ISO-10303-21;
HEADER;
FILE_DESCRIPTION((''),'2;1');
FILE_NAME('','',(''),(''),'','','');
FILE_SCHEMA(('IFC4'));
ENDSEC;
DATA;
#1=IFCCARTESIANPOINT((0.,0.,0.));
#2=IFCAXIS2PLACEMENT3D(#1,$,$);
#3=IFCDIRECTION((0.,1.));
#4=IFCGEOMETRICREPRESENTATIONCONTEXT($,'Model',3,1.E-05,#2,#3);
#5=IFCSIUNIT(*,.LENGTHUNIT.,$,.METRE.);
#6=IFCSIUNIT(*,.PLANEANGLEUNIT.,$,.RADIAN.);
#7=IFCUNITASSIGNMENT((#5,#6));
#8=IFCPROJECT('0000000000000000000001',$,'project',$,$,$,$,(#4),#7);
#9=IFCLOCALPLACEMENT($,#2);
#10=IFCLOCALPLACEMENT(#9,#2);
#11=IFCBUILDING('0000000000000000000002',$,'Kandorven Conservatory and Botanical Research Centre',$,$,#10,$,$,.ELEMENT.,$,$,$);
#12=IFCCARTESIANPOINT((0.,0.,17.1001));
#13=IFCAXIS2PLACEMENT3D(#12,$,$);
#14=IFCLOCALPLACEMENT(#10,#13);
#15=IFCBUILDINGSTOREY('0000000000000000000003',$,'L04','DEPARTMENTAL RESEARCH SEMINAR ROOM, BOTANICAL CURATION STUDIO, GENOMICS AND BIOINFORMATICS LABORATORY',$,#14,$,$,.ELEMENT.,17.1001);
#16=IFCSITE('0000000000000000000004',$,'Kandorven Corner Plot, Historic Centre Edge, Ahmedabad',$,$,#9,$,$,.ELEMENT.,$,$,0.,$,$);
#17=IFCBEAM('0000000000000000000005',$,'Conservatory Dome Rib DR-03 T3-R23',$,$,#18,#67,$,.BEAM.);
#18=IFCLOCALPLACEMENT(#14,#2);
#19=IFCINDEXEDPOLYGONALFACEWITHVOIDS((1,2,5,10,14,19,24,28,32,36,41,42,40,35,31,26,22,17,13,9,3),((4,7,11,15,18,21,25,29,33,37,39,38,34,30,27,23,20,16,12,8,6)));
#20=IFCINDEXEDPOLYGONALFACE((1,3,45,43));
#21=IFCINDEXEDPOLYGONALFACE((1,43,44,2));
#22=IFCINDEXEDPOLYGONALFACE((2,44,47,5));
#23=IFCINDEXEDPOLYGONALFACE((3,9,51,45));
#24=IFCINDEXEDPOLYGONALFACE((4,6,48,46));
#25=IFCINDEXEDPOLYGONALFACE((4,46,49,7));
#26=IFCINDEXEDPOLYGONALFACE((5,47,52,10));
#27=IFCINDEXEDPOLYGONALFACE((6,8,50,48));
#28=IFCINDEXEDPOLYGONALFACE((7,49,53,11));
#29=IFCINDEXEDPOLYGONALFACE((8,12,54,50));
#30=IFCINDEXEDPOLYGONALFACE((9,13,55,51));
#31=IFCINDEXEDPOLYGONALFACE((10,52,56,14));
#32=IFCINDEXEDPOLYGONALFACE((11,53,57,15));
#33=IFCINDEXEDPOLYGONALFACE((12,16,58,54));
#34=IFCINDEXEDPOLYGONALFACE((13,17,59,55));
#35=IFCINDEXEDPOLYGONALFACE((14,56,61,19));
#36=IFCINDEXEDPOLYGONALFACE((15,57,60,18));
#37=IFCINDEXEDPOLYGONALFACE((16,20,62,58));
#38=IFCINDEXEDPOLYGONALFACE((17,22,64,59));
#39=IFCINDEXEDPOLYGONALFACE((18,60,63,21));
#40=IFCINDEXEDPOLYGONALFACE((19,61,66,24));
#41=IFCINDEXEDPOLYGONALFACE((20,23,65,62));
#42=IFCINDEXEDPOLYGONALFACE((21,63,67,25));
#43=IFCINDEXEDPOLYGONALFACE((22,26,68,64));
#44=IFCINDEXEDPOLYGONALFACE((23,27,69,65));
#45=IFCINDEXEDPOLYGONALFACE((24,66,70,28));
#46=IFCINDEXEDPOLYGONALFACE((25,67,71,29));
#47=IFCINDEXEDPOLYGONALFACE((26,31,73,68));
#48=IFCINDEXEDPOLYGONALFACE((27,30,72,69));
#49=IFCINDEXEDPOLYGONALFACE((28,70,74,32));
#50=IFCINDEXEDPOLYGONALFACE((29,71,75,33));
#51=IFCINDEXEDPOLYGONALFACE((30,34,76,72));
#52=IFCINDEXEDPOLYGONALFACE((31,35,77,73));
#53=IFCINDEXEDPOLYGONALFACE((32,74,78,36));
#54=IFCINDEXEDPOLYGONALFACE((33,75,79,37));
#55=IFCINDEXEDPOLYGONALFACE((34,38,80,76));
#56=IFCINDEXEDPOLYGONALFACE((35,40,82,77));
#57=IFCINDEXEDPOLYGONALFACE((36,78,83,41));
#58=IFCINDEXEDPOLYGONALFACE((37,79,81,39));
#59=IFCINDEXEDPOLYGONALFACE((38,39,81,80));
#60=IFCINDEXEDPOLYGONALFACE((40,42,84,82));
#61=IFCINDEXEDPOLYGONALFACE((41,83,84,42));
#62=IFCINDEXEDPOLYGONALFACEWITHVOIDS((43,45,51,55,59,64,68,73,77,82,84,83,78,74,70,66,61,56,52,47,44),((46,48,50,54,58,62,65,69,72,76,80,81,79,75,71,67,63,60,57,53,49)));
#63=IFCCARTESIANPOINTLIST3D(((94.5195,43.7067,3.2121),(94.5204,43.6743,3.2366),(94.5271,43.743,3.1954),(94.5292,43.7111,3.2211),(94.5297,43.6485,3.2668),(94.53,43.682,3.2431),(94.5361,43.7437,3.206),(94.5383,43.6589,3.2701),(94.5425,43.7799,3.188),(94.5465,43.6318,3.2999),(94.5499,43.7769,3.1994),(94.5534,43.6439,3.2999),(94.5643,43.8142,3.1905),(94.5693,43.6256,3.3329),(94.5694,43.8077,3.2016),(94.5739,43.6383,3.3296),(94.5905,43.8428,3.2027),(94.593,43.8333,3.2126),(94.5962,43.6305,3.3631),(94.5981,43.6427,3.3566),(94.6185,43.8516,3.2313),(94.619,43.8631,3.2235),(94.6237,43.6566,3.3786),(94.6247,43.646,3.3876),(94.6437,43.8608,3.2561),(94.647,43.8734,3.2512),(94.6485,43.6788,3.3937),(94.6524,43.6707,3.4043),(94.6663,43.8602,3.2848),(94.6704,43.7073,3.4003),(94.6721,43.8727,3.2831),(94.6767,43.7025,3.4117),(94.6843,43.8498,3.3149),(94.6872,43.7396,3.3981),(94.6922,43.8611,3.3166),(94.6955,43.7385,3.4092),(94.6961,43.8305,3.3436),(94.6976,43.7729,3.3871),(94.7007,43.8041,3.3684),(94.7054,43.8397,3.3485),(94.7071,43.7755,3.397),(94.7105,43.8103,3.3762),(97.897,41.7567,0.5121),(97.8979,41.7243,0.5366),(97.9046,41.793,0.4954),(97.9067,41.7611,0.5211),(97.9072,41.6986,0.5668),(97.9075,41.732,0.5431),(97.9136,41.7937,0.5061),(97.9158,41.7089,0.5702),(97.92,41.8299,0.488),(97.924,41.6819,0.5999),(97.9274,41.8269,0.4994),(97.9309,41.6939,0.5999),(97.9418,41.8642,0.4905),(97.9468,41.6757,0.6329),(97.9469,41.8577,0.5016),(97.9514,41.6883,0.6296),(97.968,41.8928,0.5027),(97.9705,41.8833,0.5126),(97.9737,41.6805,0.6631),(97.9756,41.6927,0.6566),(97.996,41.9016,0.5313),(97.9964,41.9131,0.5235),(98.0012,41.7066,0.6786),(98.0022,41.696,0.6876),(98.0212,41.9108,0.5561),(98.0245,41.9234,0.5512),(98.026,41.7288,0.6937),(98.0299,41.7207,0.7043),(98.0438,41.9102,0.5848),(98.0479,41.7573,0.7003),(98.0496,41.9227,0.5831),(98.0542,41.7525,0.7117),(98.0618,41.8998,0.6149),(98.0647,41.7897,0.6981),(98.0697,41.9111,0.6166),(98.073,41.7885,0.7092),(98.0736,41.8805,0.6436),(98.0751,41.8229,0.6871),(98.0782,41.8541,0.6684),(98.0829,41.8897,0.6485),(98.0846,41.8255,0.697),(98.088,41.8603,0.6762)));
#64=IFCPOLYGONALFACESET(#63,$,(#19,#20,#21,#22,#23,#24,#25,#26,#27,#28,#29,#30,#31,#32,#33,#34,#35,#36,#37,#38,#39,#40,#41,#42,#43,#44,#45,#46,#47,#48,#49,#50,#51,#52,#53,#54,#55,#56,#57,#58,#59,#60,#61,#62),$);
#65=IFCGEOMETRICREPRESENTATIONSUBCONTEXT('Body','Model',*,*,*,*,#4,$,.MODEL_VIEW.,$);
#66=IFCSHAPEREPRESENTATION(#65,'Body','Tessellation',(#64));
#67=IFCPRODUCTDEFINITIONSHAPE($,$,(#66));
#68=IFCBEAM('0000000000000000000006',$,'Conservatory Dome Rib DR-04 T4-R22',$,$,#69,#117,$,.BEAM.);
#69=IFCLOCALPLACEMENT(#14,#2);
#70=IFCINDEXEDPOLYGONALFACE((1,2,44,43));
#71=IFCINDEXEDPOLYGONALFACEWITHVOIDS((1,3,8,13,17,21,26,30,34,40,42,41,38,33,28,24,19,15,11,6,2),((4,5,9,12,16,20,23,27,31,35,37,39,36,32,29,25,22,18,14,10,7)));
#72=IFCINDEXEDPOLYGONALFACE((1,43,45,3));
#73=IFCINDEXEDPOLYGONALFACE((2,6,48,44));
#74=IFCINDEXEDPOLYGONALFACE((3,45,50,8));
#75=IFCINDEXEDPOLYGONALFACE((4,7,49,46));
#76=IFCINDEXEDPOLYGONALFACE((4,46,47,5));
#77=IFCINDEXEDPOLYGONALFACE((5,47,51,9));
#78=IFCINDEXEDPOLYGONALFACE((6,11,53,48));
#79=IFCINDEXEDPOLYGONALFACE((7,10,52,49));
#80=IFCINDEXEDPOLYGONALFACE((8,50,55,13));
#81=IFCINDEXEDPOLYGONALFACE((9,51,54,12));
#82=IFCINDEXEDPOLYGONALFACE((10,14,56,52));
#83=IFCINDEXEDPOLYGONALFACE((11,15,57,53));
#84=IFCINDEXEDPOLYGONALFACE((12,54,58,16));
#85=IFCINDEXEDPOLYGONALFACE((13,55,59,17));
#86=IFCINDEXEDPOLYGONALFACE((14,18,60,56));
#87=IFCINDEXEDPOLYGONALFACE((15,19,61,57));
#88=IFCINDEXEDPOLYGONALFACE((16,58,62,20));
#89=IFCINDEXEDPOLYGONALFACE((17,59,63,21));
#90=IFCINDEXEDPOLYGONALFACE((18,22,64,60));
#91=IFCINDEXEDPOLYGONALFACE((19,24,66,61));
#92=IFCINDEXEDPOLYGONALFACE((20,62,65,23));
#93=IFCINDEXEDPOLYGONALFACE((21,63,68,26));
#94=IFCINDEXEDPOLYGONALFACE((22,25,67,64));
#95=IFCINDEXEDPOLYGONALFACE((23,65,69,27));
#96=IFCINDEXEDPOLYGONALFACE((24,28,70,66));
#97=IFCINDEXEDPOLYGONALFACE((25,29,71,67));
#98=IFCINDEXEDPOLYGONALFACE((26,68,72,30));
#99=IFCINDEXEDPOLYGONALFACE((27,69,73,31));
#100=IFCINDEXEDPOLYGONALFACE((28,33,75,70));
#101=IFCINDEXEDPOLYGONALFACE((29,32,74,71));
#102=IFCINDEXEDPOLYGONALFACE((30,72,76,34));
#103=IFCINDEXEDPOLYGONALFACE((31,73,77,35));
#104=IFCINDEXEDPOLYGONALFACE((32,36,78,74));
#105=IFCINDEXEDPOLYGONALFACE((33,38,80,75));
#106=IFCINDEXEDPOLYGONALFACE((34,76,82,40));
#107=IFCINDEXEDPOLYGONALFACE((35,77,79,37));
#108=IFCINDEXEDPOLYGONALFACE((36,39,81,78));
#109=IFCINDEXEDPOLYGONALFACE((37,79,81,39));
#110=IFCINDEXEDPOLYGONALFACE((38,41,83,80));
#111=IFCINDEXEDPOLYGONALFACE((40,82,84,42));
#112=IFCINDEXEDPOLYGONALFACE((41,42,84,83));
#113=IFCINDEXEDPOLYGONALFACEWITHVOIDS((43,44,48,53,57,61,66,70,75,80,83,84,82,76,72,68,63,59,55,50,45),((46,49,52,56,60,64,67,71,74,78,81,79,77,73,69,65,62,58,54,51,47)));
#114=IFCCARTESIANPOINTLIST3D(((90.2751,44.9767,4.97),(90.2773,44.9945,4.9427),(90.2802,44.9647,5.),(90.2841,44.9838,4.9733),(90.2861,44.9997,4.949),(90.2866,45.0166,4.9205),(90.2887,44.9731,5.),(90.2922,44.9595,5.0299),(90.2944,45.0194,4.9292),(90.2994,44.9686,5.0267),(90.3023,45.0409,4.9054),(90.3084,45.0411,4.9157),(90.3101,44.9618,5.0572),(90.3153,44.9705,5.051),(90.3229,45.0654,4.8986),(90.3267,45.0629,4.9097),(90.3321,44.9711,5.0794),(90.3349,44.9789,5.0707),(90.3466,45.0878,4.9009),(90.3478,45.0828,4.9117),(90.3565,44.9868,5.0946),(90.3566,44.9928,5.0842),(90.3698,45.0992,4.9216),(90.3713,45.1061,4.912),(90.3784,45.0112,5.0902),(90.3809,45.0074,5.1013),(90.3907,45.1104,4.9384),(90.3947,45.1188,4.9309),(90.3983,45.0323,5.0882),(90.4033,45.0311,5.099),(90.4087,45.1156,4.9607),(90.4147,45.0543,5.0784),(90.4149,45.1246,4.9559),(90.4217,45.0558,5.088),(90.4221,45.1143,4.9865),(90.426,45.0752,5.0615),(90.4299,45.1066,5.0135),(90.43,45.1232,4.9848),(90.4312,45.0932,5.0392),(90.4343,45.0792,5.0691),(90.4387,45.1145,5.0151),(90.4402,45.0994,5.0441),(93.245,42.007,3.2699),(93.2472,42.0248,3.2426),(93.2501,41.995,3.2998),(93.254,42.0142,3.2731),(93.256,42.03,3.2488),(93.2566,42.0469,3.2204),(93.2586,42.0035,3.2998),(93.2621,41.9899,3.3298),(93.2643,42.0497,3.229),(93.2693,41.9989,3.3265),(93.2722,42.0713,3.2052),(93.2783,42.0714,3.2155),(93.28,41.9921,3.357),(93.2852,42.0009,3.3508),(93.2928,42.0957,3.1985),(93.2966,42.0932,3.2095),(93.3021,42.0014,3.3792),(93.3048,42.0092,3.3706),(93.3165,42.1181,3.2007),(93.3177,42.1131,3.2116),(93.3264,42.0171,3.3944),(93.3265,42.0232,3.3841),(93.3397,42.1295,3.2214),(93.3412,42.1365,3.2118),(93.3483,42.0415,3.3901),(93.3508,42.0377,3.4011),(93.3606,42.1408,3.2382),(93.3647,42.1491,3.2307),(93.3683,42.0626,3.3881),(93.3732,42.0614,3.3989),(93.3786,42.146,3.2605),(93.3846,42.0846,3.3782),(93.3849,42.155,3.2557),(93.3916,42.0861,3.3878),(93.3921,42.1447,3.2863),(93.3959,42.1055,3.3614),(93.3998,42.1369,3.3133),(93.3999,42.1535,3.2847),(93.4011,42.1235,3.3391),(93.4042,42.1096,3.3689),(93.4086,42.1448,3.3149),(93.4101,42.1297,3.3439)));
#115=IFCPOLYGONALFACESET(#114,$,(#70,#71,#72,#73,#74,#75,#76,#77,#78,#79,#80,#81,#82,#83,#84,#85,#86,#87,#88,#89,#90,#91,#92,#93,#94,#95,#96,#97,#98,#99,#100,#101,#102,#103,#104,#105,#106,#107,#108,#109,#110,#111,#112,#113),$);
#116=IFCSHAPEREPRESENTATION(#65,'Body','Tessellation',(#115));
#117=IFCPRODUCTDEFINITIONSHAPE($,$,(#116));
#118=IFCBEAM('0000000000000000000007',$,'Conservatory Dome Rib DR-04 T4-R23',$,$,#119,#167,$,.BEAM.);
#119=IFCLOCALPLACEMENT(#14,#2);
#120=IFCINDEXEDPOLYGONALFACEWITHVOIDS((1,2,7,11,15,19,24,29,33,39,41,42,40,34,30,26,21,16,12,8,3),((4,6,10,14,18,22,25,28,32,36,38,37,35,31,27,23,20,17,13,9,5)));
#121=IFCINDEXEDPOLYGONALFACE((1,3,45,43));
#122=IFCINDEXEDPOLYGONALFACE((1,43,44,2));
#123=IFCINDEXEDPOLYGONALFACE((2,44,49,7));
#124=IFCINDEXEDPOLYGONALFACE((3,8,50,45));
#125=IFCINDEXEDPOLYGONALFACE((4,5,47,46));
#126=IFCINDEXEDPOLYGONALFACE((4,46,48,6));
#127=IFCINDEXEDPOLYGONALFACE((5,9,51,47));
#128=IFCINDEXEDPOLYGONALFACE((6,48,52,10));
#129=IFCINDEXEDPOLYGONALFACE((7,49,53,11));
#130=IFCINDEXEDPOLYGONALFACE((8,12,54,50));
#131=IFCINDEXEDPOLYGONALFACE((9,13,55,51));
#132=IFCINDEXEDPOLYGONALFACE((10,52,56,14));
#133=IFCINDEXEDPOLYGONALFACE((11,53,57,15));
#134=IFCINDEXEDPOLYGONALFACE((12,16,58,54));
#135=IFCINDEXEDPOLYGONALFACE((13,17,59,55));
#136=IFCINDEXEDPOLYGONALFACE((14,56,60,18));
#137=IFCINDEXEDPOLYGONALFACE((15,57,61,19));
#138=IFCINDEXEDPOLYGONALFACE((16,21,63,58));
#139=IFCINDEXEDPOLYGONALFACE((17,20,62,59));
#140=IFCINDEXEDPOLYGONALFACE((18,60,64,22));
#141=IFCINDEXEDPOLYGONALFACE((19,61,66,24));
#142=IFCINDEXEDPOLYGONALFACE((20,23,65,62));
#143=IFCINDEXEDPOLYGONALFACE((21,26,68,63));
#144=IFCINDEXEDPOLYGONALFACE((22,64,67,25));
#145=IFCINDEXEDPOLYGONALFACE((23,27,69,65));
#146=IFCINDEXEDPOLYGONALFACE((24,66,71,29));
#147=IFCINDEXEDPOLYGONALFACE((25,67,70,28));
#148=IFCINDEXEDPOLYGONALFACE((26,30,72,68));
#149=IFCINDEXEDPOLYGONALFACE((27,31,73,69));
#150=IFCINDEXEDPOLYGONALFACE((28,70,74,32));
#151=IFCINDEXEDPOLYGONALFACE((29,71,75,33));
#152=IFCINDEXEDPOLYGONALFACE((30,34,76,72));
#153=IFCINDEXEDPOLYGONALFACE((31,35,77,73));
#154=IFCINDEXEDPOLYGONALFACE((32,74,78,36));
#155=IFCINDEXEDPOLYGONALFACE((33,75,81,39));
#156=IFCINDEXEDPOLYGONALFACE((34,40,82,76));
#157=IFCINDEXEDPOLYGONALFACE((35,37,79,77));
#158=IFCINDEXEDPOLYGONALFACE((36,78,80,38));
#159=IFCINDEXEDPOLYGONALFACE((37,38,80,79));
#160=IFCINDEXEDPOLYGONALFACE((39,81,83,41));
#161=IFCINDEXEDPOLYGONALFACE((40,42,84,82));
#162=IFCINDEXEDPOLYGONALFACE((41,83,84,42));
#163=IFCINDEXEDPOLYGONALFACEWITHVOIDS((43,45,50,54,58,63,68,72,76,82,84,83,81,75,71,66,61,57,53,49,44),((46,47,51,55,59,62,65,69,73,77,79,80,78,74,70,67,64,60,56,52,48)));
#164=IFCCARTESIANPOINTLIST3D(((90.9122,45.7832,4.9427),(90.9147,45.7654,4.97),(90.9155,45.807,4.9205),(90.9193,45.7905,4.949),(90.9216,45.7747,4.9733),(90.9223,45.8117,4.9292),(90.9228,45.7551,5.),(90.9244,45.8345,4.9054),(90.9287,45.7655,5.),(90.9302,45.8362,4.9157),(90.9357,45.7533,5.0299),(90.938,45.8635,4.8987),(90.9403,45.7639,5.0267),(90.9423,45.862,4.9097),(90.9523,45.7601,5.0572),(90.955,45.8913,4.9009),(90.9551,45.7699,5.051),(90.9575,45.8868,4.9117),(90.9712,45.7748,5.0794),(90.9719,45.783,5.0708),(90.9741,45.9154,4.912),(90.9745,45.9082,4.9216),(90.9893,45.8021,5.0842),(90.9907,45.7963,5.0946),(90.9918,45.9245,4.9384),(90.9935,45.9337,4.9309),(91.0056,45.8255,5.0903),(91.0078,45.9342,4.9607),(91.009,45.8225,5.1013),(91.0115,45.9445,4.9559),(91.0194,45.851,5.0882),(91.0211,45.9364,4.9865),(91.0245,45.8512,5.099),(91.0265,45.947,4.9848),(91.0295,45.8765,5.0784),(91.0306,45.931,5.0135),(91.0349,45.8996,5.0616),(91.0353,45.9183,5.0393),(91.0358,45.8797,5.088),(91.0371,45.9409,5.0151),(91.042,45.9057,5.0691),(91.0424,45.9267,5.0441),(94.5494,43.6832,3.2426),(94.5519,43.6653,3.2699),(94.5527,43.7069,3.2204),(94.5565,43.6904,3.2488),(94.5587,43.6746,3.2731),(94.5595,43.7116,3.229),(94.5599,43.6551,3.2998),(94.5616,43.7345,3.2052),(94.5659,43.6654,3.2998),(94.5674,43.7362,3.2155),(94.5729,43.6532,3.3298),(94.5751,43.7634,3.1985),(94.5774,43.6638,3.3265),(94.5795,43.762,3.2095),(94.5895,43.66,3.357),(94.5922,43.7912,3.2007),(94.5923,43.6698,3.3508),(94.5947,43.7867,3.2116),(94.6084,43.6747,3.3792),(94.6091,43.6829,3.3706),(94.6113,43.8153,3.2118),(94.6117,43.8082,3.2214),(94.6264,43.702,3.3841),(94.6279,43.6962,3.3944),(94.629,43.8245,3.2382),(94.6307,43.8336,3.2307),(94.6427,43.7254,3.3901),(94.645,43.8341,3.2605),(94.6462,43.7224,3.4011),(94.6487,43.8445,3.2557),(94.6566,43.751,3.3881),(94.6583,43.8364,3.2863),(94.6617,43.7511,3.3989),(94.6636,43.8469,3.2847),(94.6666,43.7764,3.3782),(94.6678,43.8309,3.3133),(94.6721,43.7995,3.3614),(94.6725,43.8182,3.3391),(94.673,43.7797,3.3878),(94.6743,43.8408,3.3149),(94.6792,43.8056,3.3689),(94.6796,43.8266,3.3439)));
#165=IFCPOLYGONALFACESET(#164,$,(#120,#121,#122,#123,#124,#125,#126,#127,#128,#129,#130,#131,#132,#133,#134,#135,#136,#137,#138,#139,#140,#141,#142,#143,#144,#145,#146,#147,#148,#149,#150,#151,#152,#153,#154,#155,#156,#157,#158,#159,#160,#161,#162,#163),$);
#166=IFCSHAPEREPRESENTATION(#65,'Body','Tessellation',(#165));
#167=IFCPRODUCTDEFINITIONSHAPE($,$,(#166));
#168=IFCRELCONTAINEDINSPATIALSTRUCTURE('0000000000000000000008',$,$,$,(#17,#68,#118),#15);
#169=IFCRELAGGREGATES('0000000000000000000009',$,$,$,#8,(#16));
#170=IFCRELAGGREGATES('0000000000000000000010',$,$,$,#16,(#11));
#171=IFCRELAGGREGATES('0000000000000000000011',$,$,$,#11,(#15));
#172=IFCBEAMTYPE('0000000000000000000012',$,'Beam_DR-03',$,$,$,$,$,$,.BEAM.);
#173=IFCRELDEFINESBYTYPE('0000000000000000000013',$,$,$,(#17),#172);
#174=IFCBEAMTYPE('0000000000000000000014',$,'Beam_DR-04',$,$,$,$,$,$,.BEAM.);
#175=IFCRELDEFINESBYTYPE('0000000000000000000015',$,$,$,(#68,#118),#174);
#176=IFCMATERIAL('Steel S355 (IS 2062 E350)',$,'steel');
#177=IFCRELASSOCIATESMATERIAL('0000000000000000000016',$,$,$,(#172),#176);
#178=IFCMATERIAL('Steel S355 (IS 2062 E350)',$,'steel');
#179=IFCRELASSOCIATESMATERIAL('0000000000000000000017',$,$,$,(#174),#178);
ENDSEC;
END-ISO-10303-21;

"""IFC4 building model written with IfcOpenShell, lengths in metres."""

from ifc_helpers import new_model, si_unit, direction, frame, origin, origin_2d, place, context, subcontext, project, spatial, hollow_circle, extrude, material, material_profile, profile_set, type_object, element, save


model = new_model("IFC4")

# Units and contexts
model_context = context("Model", 3, precision=1e-05, world=origin(), true_north=direction((0.0, 1.0)))
body_context = subcontext(model_context, "Body", "Model", "MODEL_VIEW")
ifc_project = project(units=[si_unit("LENGTHUNIT", "METRE"), si_unit("PLANEANGLEUNIT", "RADIAN")], contexts=[model_context])

# Site, building, storey
site_placement = place(None, origin())
site = spatial("IfcSite", under=ifc_project, at=site_placement, Name="Kandorven Corner Plot, Historic Centre Edge, Ahmedabad", CompositionType="ELEMENT", RefElevation=0.0)
building_placement = place(site_placement, origin())
building = spatial("IfcBuilding", under=site, at=building_placement, Name="Kandorven Conservatory and Botanical Research Centre", CompositionType="ELEMENT")
storey_placement = place(building_placement, frame((0.0, 0.0, 17.1001)))
storey = spatial("IfcBuildingStorey", under=building, at=storey_placement, Name="L04", Description="DEPARTMENTAL RESEARCH SEMINAR ROOM, BOTANICAL CURATION STUDIO, GENOMICS AND BIOINFORMATICS LABORATORY", CompositionType="ELEMENT", Elevation=17.1001)

# Beams
ifc_material_1 = material(Name="Steel S355 (IS 2062 E350)", Category="steel")
ifc_material_profile_1 = material_profile(ifc_material_1, hollow_circle(Radius=0.1365, WallThickness=0.0139, at=origin_2d()))
ifc_profile_set_1 = profile_set([ifc_material_profile_1], Name="Steel S355 (IS 2062 E350)")
beam_type_1 = type_object("IfcBeamType", Name="Beam_DR-03", PredefinedType="BEAM", material=ifc_profile_set_1)
beam_placement = place(storey_placement, frame((97.9922, 41.8, 0.5999), z_axis=(-0.712041, 0.411094, 0.56921), x_axis=(-0.499997, -0.866027, 0.0)))
element("IfcBeam", 1, at=beam_placement, inside=storey, type_object=beam_type_1, Name="Conservatory Dome Rib DR-03 T3-R23", PredefinedType="BEAM", context=body_context, shape_type="SweptSolid", body=[
    extrude(hollow_circle(Radius=0.1365, WallThickness=0.0139, at=origin_2d()), origin(), (0.0, 0.0, 1.0), 4.7434),
])
ifc_material_2 = material(Name="Steel S355 (IS 2062 E350)", Category="steel")
ifc_material_profile_2 = material_profile(ifc_material_2, hollow_circle(Radius=0.1096, WallThickness=0.012, at=origin_2d()))
ifc_profile_set_2 = profile_set([ifc_material_profile_2], Name="Steel S355 (IS 2062 E350)")
beam_type_2 = type_object("IfcBeamType", Name="Beam_DR-04", PredefinedType="BEAM", material=ifc_profile_set_2)
for number, where, z_axis, x_axis, name in (
    (2, (93.3276, 42.0725, 3.2998), (-0.655467, 0.655413, 0.37523), (-0.707078, -0.707136, 0.0), "Conservatory Dome Rib DR-04 T4-R22"),
    (3, (94.6147, 43.75, 3.2998), (-0.802731, 0.463491, 0.375233), (-0.500028, -0.866009, 0.0), "Conservatory Dome Rib DR-04 T4-R23"),
):
    element("IfcBeam", number, at=place(storey_placement, frame(where, z_axis=z_axis, x_axis=x_axis)), inside=storey, type_object=beam_type_2, Name=name, PredefinedType="BEAM", context=body_context, shape_type="SweptSolid", body=[
        extrude(hollow_circle(Radius=0.1096, WallThickness=0.012, at=origin_2d()), origin(), (0.0, 0.0, 1.0), 4.531),
    ])

save(model, "model.ifc")
